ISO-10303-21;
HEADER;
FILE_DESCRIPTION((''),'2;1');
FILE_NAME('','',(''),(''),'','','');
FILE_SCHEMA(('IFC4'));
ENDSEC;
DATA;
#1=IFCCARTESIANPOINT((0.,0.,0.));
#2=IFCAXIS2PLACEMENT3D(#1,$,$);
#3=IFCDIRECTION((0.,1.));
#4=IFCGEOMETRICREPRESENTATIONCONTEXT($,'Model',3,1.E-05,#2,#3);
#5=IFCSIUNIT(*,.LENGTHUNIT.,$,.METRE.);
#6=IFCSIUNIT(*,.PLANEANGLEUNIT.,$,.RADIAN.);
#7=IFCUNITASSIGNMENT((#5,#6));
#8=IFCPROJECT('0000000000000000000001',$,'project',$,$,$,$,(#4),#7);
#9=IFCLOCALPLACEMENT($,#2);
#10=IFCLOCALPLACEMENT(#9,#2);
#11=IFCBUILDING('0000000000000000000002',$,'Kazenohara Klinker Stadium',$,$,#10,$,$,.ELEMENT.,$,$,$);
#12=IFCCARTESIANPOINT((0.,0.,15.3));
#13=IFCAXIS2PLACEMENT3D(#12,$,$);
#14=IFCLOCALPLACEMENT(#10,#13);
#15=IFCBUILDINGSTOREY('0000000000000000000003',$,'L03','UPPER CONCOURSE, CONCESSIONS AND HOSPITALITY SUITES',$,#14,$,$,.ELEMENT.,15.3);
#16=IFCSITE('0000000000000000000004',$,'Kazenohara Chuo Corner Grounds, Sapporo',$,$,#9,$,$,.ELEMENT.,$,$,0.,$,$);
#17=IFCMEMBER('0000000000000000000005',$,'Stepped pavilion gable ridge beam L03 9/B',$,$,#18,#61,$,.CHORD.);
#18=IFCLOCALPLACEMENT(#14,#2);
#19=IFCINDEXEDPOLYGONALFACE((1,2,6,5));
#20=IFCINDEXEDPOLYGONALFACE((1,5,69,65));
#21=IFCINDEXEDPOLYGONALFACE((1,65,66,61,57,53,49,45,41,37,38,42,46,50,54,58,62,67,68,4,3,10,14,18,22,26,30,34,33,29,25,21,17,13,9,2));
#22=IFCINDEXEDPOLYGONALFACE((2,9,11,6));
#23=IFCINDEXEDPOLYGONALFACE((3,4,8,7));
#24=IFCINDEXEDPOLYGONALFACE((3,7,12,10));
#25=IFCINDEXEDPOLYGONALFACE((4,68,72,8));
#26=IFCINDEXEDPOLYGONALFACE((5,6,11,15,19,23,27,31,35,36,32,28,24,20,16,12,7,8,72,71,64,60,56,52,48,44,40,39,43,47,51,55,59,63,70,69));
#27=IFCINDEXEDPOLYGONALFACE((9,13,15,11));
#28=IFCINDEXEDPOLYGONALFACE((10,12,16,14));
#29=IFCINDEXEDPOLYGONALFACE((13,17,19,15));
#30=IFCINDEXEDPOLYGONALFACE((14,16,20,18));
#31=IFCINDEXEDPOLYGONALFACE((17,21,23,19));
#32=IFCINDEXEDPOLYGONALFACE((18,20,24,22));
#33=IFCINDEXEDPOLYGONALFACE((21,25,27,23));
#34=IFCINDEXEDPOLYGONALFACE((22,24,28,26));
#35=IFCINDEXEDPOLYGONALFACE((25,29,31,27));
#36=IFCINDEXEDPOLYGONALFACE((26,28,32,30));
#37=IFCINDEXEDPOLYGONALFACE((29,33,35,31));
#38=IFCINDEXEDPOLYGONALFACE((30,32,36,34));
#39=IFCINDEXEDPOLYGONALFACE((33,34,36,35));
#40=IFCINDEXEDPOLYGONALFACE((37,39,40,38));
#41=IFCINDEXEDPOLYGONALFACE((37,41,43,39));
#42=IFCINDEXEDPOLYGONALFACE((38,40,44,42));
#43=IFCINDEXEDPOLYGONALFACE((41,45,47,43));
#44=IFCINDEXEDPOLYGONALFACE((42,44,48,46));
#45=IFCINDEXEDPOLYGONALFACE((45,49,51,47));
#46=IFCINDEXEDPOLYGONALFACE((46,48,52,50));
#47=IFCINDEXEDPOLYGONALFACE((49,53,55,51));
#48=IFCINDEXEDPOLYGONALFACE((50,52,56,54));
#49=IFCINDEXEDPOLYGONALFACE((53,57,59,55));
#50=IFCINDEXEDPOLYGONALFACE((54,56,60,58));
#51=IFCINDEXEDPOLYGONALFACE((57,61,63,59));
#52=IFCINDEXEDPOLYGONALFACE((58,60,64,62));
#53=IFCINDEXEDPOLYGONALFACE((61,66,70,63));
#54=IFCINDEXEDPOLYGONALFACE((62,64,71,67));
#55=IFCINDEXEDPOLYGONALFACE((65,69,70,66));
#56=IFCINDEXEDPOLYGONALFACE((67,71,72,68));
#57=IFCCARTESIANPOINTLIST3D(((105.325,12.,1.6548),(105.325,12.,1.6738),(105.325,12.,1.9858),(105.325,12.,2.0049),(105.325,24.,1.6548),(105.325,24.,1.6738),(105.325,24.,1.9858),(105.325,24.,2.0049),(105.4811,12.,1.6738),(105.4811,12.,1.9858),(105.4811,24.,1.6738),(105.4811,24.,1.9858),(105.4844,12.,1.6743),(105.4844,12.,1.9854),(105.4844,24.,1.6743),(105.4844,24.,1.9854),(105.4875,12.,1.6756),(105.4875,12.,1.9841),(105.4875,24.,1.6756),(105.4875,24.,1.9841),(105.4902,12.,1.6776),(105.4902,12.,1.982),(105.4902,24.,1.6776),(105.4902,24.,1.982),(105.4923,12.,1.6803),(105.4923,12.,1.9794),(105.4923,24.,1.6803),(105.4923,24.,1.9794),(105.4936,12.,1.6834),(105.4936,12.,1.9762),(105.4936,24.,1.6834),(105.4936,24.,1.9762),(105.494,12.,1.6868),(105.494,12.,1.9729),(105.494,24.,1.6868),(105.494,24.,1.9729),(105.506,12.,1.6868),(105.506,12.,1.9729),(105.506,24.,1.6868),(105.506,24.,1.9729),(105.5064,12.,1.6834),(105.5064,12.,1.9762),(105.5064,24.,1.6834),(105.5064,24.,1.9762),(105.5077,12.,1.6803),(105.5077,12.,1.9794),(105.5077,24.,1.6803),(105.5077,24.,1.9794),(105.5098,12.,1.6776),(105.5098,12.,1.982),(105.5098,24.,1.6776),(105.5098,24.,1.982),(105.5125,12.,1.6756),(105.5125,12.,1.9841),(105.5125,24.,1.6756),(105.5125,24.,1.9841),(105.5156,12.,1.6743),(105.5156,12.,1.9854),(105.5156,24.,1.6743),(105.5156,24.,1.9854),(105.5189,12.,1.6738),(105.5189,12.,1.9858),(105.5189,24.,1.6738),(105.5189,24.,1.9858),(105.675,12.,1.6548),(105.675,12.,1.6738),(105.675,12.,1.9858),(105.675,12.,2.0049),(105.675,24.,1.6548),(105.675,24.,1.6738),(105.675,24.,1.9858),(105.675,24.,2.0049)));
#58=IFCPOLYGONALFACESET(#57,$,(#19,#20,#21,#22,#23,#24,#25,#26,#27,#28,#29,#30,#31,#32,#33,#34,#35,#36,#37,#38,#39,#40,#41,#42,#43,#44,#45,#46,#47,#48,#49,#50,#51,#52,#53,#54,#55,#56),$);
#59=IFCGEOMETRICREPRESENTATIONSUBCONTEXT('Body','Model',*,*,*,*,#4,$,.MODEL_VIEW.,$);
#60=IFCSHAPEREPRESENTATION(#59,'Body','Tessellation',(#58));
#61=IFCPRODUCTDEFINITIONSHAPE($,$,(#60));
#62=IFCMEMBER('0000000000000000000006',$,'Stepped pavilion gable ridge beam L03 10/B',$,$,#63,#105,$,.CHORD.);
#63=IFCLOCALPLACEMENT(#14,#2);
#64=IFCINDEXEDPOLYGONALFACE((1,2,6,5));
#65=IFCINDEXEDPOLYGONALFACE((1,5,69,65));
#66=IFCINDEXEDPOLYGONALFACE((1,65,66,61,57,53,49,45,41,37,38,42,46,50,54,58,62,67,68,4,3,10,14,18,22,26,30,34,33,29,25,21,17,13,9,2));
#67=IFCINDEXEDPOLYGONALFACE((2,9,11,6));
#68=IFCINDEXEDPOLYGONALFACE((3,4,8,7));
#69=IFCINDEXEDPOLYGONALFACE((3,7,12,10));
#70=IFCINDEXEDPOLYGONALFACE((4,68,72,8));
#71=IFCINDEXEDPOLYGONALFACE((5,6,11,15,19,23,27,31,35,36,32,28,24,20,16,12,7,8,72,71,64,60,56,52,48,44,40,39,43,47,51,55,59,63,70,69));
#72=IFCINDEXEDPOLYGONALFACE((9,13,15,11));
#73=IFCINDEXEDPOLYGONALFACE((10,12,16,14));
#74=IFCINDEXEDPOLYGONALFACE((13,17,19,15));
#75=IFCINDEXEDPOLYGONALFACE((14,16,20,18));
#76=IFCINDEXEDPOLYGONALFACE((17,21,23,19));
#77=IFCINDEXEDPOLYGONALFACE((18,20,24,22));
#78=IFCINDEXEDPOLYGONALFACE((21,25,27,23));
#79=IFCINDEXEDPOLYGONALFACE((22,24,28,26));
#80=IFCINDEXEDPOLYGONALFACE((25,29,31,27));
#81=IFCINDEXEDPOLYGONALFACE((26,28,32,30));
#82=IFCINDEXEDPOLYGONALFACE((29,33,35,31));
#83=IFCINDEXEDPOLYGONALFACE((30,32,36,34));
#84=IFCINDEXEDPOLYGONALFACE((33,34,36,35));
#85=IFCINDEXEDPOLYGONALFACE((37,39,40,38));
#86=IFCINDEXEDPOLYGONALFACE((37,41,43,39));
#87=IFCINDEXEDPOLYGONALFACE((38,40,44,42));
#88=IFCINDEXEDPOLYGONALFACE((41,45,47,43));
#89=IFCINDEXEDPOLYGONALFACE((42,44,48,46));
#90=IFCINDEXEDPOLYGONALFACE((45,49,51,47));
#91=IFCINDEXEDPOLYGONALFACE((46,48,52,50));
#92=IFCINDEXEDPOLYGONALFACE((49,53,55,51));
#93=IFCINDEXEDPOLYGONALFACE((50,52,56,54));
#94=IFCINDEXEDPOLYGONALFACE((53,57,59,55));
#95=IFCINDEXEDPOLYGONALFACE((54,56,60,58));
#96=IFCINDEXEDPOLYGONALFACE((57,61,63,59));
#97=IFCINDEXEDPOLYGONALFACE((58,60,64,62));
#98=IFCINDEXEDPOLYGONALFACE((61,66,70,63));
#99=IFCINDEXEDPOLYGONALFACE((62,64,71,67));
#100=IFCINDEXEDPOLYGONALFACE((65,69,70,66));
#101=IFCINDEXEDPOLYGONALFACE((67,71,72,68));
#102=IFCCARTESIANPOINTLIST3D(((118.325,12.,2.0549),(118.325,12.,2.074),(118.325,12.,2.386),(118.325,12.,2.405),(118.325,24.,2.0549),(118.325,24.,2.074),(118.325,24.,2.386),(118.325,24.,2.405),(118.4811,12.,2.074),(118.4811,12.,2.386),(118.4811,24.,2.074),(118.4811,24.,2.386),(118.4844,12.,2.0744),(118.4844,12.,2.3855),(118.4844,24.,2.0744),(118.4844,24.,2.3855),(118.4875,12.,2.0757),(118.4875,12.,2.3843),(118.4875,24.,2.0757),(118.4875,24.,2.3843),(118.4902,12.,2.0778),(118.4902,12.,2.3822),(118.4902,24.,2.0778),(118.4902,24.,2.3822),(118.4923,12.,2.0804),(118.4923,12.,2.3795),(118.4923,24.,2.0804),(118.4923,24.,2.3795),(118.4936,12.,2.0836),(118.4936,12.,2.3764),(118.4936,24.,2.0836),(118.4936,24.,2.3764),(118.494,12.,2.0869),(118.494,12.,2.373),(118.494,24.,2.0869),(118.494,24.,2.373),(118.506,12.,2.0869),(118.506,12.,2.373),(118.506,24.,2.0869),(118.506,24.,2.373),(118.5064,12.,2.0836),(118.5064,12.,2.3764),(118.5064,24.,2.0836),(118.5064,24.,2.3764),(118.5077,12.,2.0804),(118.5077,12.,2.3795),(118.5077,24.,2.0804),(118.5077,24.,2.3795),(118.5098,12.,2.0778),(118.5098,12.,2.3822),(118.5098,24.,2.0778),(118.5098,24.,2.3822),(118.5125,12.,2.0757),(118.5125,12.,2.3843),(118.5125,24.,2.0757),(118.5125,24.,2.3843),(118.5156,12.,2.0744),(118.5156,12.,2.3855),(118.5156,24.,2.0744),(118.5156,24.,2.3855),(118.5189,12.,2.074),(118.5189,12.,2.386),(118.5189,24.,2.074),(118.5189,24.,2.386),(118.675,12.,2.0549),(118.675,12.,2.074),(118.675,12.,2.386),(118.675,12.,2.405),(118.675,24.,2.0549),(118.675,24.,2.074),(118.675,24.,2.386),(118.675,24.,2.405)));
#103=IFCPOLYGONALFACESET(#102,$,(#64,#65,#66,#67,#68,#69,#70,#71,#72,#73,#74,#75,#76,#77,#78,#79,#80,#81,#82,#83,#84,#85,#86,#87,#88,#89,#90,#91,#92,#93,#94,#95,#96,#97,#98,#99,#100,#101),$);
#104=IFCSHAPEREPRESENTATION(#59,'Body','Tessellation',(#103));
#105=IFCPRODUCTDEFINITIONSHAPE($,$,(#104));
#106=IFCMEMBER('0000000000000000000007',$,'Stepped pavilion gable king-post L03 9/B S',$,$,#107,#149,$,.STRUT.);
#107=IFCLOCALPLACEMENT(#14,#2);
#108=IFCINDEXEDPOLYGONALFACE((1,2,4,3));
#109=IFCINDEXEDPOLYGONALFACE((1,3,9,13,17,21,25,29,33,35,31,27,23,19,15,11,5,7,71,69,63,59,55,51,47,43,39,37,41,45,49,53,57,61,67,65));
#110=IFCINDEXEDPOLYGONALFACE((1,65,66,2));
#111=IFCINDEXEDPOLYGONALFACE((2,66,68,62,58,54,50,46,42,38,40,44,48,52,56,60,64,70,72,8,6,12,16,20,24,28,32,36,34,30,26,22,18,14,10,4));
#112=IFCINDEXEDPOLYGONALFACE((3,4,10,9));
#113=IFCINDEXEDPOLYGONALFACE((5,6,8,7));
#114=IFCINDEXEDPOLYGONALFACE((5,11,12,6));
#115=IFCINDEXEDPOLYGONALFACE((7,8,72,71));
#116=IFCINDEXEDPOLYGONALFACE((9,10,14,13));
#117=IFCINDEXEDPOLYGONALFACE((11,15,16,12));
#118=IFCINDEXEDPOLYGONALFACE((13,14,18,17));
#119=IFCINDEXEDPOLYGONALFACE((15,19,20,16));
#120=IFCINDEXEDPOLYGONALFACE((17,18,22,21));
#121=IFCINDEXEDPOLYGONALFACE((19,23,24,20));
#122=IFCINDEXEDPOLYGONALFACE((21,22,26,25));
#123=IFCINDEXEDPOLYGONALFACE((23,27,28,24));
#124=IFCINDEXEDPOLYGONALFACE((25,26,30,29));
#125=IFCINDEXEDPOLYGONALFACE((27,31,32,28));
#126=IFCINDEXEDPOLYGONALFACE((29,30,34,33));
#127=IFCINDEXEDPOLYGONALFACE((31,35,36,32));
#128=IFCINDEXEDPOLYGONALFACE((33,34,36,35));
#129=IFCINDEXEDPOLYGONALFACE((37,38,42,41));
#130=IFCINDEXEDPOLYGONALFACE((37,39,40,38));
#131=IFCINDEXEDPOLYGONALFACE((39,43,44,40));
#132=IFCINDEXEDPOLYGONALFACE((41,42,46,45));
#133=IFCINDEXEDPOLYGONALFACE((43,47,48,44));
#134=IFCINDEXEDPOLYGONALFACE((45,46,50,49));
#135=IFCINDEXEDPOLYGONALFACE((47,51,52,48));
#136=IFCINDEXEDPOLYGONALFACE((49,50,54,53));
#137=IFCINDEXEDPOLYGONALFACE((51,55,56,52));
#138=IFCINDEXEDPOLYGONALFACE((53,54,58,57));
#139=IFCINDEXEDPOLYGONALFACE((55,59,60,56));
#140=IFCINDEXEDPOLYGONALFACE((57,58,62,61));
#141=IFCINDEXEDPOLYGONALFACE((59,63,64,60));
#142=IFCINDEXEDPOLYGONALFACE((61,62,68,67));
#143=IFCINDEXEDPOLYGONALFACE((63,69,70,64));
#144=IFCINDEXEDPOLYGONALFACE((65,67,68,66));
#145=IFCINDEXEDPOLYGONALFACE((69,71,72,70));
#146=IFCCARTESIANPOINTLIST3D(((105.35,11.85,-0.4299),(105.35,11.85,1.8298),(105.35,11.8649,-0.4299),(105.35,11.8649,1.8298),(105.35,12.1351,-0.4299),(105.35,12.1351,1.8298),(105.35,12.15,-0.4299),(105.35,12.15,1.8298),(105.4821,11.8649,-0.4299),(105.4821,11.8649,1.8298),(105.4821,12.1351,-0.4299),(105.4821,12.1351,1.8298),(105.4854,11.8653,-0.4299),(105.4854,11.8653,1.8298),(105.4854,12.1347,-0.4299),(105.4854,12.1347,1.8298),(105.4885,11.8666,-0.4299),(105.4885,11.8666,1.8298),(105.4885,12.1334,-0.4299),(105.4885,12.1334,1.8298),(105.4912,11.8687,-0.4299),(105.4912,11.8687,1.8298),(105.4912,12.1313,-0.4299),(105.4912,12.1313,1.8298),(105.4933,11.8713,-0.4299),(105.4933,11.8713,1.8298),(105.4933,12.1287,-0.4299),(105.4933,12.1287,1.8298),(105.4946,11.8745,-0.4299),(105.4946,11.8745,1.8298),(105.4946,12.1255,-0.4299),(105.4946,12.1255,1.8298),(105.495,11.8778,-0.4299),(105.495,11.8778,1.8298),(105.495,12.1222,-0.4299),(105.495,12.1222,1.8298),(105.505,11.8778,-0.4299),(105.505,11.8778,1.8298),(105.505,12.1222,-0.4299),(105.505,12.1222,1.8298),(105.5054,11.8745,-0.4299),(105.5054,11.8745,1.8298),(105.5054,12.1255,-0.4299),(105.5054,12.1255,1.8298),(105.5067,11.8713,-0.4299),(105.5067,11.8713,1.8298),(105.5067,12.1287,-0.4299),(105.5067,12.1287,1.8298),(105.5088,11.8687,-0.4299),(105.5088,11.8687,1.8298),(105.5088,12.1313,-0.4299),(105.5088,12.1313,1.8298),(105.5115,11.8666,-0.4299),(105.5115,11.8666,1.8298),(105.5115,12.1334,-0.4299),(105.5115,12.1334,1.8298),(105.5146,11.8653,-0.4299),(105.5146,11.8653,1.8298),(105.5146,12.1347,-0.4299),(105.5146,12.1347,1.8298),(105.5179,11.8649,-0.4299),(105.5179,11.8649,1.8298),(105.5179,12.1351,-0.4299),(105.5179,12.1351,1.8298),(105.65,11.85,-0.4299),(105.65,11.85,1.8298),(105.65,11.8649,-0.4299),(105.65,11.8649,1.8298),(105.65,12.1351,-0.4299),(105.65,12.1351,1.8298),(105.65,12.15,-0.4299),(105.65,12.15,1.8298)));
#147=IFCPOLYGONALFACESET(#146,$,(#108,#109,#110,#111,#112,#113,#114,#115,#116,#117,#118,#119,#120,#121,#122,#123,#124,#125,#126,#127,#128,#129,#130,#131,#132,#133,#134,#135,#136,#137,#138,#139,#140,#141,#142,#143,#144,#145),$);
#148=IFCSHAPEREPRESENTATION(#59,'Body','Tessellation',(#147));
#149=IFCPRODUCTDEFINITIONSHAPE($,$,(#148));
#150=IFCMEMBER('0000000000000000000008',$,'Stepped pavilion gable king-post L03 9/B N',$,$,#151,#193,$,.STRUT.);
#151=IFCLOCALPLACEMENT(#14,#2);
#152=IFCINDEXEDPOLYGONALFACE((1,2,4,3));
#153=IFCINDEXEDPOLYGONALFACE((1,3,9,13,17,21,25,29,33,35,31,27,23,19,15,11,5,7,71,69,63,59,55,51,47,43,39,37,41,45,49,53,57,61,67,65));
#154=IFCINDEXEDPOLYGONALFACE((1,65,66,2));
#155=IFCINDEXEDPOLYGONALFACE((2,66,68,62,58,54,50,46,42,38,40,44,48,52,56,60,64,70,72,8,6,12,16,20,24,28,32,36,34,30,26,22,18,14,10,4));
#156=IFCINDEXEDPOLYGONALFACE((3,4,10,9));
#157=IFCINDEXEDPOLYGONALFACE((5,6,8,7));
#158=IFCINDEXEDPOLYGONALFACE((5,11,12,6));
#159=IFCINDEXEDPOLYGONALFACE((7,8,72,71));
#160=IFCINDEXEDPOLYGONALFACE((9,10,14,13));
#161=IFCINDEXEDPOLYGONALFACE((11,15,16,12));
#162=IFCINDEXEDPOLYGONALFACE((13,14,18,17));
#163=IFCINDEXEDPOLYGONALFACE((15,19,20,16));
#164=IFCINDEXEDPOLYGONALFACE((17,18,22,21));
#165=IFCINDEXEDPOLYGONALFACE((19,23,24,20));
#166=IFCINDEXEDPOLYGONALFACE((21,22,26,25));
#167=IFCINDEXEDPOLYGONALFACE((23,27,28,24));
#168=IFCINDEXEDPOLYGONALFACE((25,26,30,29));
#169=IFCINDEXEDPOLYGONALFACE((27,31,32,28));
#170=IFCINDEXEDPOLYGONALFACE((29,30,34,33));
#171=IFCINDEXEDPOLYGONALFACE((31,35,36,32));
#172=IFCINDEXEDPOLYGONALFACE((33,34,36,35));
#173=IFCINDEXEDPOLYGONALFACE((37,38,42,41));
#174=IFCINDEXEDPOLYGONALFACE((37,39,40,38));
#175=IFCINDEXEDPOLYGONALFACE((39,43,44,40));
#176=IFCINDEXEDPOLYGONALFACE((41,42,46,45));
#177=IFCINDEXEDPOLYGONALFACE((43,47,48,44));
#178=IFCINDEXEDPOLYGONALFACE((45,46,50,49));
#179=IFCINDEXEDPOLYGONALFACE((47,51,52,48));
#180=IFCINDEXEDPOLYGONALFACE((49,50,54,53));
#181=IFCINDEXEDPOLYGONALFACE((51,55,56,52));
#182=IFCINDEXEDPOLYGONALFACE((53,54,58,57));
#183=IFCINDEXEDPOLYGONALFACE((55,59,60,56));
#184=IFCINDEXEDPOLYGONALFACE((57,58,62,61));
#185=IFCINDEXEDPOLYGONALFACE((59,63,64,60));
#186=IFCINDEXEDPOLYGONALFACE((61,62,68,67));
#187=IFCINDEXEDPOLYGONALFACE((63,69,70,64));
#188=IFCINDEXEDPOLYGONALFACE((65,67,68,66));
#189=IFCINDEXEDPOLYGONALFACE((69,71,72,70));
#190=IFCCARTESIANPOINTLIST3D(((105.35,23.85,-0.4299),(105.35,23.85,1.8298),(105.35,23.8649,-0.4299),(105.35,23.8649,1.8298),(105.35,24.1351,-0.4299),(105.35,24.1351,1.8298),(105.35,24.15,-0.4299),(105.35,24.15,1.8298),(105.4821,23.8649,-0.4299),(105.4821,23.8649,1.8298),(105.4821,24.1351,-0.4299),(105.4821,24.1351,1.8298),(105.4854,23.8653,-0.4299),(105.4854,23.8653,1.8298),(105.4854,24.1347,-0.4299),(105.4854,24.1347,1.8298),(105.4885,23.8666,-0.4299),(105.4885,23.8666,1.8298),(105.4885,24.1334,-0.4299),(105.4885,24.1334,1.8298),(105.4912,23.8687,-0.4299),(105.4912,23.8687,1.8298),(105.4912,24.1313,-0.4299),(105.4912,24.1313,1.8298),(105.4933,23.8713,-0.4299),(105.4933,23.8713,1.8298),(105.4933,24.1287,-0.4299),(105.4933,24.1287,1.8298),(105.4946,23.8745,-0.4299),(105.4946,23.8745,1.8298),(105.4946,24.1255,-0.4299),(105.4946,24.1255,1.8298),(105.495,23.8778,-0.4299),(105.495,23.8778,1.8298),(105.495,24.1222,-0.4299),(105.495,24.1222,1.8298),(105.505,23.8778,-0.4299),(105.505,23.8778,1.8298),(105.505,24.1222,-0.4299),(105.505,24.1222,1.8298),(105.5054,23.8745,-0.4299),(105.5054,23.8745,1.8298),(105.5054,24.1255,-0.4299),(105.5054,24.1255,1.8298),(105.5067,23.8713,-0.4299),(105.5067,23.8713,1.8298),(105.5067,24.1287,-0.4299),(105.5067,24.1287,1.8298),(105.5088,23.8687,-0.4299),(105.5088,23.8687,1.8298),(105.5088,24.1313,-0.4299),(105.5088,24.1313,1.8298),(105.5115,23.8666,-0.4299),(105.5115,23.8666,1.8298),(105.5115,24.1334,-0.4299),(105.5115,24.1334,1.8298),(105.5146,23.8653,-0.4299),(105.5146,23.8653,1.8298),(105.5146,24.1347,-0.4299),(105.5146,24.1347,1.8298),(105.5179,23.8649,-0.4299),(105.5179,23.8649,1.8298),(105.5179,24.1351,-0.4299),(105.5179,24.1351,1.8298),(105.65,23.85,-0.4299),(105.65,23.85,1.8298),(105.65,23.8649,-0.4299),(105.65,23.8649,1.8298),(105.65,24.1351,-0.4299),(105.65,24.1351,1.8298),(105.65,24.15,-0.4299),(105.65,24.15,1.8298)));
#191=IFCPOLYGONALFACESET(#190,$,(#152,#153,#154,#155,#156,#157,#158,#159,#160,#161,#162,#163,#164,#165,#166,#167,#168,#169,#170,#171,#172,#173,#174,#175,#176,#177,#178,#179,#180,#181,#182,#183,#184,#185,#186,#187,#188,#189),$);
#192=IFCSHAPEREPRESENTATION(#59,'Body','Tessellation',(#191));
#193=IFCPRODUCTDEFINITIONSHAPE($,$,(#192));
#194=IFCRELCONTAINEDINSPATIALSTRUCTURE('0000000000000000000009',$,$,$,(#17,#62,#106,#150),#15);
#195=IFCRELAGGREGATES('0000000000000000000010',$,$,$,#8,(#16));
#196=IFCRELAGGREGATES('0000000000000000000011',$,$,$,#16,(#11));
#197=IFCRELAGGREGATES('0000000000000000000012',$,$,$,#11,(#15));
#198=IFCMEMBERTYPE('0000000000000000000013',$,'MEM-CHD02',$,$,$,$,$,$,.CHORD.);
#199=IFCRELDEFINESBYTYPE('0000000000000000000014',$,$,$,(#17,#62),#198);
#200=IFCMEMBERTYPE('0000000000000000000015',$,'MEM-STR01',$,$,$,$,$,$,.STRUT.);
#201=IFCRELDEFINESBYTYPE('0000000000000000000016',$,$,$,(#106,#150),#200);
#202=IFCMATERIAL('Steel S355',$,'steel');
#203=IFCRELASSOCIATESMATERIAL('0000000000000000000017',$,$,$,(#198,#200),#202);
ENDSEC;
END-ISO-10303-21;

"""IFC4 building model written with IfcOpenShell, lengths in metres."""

from ifc_helpers import new_model, si_unit, direction, frame, origin, origin_2d, place, context, subcontext, project, spatial, i_section, extrude, material, material_profile, profile_set, type_object, element, save


model = new_model("IFC4")

# Units and contexts
model_context = context("Model", 3, precision=1e-05, world=origin(), true_north=direction((0.0, 1.0)))
body_context = subcontext(model_context, "Body", "Model", "MODEL_VIEW")
ifc_project = project(units=[si_unit("LENGTHUNIT", "METRE"), si_unit("PLANEANGLEUNIT", "RADIAN")], contexts=[model_context])

# Site, building, storey
site_placement = place(None, origin())
site = spatial("IfcSite", under=ifc_project, at=site_placement, Name="Kazenohara Chuo Corner Grounds, Sapporo", CompositionType="ELEMENT", RefElevation=0.0)
building_placement = place(site_placement, origin())
building = spatial("IfcBuilding", under=site, at=building_placement, Name="Kazenohara Klinker Stadium", CompositionType="ELEMENT")
storey_placement = place(building_placement, frame((0.0, 0.0, 15.3)))
storey = spatial("IfcBuildingStorey", under=building, at=storey_placement, Name="L03", Description="UPPER CONCOURSE, CONCESSIONS AND HOSPITALITY SUITES", CompositionType="ELEMENT", Elevation=15.3)

# Shared definitions
ifc_material_1 = material(Name="Steel S355", Category="steel")

# Members
ifc_material_profile_1 = material_profile(ifc_material_1, i_section(OverallWidth=0.3501, OverallDepth=0.3501, WebThickness=0.012, FlangeThickness=0.019, FilletRadius=0.0129, at=origin_2d()), Name="H-350x350x12x19")
ifc_profile_set_1 = profile_set([ifc_material_profile_1], Name="Steel S355")
member_type_1 = type_object("IfcMemberType", Name="MEM-CHD02", PredefinedType="CHORD", material=ifc_profile_set_1)
for number, where, z_axis, x_axis, name in (
    (1, (105.5, 12.0, 1.8298), (0.0, 1.0, 0.0), (-1.0, 0.0, 0.0), "Stepped pavilion gable ridge beam L03 9/B"),
    (2, (118.5, 12.0, 2.23), (0.0, 1.0, 0.0), (-1.0, 0.0, 0.0), "Stepped pavilion gable ridge beam L03 10/B"),
):
    element("IfcMember", number, at=place(storey_placement, frame(where, z_axis=z_axis, x_axis=x_axis)), inside=storey, type_object=member_type_1, Name=name, PredefinedType="CHORD", context=body_context, shape_type="SweptSolid", body=[
        extrude(i_section(OverallWidth=0.3501, OverallDepth=0.3501, WebThickness=0.012, FlangeThickness=0.019, FilletRadius=0.0129, at=origin_2d()), origin(), (0.0, 0.0, 1.0), 12.0),
    ])
ifc_material_profile_2 = material_profile(ifc_material_1, i_section(OverallWidth=0.3, OverallDepth=0.3, WebThickness=0.01, FlangeThickness=0.0149, FilletRadius=0.0129, at=origin_2d()), Name="H-300x300x10x15")
ifc_profile_set_2 = profile_set([ifc_material_profile_2], Name="Steel S355")
member_type_2 = type_object("IfcMemberType", Name="MEM-STR01", PredefinedType="STRUT", material=ifc_profile_set_2)
for number, where, z_axis, x_axis, name in (
    (3, (105.5, 12.0, -0.4299), (0.0, 0.0, 1.0), (1.0, 0.0, 0.0), "Stepped pavilion gable king-post L03 9/B S"),
    (4, (105.5, 24.0, -0.4299), (0.0, 0.0, 1.0), (1.0, 0.0, 0.0), "Stepped pavilion gable king-post L03 9/B N"),
):
    element("IfcMember", number, at=place(storey_placement, frame(where, z_axis=z_axis, x_axis=x_axis)), inside=storey, type_object=member_type_2, Name=name, PredefinedType="STRUT", context=body_context, shape_type="SweptSolid", body=[
        extrude(i_section(OverallWidth=0.3, OverallDepth=0.3, WebThickness=0.01, FlangeThickness=0.0149, FilletRadius=0.0129, at=origin_2d()), origin(), (0.0, 0.0, 1.0), 2.2598),
    ])

save(model, "model.ifc")
